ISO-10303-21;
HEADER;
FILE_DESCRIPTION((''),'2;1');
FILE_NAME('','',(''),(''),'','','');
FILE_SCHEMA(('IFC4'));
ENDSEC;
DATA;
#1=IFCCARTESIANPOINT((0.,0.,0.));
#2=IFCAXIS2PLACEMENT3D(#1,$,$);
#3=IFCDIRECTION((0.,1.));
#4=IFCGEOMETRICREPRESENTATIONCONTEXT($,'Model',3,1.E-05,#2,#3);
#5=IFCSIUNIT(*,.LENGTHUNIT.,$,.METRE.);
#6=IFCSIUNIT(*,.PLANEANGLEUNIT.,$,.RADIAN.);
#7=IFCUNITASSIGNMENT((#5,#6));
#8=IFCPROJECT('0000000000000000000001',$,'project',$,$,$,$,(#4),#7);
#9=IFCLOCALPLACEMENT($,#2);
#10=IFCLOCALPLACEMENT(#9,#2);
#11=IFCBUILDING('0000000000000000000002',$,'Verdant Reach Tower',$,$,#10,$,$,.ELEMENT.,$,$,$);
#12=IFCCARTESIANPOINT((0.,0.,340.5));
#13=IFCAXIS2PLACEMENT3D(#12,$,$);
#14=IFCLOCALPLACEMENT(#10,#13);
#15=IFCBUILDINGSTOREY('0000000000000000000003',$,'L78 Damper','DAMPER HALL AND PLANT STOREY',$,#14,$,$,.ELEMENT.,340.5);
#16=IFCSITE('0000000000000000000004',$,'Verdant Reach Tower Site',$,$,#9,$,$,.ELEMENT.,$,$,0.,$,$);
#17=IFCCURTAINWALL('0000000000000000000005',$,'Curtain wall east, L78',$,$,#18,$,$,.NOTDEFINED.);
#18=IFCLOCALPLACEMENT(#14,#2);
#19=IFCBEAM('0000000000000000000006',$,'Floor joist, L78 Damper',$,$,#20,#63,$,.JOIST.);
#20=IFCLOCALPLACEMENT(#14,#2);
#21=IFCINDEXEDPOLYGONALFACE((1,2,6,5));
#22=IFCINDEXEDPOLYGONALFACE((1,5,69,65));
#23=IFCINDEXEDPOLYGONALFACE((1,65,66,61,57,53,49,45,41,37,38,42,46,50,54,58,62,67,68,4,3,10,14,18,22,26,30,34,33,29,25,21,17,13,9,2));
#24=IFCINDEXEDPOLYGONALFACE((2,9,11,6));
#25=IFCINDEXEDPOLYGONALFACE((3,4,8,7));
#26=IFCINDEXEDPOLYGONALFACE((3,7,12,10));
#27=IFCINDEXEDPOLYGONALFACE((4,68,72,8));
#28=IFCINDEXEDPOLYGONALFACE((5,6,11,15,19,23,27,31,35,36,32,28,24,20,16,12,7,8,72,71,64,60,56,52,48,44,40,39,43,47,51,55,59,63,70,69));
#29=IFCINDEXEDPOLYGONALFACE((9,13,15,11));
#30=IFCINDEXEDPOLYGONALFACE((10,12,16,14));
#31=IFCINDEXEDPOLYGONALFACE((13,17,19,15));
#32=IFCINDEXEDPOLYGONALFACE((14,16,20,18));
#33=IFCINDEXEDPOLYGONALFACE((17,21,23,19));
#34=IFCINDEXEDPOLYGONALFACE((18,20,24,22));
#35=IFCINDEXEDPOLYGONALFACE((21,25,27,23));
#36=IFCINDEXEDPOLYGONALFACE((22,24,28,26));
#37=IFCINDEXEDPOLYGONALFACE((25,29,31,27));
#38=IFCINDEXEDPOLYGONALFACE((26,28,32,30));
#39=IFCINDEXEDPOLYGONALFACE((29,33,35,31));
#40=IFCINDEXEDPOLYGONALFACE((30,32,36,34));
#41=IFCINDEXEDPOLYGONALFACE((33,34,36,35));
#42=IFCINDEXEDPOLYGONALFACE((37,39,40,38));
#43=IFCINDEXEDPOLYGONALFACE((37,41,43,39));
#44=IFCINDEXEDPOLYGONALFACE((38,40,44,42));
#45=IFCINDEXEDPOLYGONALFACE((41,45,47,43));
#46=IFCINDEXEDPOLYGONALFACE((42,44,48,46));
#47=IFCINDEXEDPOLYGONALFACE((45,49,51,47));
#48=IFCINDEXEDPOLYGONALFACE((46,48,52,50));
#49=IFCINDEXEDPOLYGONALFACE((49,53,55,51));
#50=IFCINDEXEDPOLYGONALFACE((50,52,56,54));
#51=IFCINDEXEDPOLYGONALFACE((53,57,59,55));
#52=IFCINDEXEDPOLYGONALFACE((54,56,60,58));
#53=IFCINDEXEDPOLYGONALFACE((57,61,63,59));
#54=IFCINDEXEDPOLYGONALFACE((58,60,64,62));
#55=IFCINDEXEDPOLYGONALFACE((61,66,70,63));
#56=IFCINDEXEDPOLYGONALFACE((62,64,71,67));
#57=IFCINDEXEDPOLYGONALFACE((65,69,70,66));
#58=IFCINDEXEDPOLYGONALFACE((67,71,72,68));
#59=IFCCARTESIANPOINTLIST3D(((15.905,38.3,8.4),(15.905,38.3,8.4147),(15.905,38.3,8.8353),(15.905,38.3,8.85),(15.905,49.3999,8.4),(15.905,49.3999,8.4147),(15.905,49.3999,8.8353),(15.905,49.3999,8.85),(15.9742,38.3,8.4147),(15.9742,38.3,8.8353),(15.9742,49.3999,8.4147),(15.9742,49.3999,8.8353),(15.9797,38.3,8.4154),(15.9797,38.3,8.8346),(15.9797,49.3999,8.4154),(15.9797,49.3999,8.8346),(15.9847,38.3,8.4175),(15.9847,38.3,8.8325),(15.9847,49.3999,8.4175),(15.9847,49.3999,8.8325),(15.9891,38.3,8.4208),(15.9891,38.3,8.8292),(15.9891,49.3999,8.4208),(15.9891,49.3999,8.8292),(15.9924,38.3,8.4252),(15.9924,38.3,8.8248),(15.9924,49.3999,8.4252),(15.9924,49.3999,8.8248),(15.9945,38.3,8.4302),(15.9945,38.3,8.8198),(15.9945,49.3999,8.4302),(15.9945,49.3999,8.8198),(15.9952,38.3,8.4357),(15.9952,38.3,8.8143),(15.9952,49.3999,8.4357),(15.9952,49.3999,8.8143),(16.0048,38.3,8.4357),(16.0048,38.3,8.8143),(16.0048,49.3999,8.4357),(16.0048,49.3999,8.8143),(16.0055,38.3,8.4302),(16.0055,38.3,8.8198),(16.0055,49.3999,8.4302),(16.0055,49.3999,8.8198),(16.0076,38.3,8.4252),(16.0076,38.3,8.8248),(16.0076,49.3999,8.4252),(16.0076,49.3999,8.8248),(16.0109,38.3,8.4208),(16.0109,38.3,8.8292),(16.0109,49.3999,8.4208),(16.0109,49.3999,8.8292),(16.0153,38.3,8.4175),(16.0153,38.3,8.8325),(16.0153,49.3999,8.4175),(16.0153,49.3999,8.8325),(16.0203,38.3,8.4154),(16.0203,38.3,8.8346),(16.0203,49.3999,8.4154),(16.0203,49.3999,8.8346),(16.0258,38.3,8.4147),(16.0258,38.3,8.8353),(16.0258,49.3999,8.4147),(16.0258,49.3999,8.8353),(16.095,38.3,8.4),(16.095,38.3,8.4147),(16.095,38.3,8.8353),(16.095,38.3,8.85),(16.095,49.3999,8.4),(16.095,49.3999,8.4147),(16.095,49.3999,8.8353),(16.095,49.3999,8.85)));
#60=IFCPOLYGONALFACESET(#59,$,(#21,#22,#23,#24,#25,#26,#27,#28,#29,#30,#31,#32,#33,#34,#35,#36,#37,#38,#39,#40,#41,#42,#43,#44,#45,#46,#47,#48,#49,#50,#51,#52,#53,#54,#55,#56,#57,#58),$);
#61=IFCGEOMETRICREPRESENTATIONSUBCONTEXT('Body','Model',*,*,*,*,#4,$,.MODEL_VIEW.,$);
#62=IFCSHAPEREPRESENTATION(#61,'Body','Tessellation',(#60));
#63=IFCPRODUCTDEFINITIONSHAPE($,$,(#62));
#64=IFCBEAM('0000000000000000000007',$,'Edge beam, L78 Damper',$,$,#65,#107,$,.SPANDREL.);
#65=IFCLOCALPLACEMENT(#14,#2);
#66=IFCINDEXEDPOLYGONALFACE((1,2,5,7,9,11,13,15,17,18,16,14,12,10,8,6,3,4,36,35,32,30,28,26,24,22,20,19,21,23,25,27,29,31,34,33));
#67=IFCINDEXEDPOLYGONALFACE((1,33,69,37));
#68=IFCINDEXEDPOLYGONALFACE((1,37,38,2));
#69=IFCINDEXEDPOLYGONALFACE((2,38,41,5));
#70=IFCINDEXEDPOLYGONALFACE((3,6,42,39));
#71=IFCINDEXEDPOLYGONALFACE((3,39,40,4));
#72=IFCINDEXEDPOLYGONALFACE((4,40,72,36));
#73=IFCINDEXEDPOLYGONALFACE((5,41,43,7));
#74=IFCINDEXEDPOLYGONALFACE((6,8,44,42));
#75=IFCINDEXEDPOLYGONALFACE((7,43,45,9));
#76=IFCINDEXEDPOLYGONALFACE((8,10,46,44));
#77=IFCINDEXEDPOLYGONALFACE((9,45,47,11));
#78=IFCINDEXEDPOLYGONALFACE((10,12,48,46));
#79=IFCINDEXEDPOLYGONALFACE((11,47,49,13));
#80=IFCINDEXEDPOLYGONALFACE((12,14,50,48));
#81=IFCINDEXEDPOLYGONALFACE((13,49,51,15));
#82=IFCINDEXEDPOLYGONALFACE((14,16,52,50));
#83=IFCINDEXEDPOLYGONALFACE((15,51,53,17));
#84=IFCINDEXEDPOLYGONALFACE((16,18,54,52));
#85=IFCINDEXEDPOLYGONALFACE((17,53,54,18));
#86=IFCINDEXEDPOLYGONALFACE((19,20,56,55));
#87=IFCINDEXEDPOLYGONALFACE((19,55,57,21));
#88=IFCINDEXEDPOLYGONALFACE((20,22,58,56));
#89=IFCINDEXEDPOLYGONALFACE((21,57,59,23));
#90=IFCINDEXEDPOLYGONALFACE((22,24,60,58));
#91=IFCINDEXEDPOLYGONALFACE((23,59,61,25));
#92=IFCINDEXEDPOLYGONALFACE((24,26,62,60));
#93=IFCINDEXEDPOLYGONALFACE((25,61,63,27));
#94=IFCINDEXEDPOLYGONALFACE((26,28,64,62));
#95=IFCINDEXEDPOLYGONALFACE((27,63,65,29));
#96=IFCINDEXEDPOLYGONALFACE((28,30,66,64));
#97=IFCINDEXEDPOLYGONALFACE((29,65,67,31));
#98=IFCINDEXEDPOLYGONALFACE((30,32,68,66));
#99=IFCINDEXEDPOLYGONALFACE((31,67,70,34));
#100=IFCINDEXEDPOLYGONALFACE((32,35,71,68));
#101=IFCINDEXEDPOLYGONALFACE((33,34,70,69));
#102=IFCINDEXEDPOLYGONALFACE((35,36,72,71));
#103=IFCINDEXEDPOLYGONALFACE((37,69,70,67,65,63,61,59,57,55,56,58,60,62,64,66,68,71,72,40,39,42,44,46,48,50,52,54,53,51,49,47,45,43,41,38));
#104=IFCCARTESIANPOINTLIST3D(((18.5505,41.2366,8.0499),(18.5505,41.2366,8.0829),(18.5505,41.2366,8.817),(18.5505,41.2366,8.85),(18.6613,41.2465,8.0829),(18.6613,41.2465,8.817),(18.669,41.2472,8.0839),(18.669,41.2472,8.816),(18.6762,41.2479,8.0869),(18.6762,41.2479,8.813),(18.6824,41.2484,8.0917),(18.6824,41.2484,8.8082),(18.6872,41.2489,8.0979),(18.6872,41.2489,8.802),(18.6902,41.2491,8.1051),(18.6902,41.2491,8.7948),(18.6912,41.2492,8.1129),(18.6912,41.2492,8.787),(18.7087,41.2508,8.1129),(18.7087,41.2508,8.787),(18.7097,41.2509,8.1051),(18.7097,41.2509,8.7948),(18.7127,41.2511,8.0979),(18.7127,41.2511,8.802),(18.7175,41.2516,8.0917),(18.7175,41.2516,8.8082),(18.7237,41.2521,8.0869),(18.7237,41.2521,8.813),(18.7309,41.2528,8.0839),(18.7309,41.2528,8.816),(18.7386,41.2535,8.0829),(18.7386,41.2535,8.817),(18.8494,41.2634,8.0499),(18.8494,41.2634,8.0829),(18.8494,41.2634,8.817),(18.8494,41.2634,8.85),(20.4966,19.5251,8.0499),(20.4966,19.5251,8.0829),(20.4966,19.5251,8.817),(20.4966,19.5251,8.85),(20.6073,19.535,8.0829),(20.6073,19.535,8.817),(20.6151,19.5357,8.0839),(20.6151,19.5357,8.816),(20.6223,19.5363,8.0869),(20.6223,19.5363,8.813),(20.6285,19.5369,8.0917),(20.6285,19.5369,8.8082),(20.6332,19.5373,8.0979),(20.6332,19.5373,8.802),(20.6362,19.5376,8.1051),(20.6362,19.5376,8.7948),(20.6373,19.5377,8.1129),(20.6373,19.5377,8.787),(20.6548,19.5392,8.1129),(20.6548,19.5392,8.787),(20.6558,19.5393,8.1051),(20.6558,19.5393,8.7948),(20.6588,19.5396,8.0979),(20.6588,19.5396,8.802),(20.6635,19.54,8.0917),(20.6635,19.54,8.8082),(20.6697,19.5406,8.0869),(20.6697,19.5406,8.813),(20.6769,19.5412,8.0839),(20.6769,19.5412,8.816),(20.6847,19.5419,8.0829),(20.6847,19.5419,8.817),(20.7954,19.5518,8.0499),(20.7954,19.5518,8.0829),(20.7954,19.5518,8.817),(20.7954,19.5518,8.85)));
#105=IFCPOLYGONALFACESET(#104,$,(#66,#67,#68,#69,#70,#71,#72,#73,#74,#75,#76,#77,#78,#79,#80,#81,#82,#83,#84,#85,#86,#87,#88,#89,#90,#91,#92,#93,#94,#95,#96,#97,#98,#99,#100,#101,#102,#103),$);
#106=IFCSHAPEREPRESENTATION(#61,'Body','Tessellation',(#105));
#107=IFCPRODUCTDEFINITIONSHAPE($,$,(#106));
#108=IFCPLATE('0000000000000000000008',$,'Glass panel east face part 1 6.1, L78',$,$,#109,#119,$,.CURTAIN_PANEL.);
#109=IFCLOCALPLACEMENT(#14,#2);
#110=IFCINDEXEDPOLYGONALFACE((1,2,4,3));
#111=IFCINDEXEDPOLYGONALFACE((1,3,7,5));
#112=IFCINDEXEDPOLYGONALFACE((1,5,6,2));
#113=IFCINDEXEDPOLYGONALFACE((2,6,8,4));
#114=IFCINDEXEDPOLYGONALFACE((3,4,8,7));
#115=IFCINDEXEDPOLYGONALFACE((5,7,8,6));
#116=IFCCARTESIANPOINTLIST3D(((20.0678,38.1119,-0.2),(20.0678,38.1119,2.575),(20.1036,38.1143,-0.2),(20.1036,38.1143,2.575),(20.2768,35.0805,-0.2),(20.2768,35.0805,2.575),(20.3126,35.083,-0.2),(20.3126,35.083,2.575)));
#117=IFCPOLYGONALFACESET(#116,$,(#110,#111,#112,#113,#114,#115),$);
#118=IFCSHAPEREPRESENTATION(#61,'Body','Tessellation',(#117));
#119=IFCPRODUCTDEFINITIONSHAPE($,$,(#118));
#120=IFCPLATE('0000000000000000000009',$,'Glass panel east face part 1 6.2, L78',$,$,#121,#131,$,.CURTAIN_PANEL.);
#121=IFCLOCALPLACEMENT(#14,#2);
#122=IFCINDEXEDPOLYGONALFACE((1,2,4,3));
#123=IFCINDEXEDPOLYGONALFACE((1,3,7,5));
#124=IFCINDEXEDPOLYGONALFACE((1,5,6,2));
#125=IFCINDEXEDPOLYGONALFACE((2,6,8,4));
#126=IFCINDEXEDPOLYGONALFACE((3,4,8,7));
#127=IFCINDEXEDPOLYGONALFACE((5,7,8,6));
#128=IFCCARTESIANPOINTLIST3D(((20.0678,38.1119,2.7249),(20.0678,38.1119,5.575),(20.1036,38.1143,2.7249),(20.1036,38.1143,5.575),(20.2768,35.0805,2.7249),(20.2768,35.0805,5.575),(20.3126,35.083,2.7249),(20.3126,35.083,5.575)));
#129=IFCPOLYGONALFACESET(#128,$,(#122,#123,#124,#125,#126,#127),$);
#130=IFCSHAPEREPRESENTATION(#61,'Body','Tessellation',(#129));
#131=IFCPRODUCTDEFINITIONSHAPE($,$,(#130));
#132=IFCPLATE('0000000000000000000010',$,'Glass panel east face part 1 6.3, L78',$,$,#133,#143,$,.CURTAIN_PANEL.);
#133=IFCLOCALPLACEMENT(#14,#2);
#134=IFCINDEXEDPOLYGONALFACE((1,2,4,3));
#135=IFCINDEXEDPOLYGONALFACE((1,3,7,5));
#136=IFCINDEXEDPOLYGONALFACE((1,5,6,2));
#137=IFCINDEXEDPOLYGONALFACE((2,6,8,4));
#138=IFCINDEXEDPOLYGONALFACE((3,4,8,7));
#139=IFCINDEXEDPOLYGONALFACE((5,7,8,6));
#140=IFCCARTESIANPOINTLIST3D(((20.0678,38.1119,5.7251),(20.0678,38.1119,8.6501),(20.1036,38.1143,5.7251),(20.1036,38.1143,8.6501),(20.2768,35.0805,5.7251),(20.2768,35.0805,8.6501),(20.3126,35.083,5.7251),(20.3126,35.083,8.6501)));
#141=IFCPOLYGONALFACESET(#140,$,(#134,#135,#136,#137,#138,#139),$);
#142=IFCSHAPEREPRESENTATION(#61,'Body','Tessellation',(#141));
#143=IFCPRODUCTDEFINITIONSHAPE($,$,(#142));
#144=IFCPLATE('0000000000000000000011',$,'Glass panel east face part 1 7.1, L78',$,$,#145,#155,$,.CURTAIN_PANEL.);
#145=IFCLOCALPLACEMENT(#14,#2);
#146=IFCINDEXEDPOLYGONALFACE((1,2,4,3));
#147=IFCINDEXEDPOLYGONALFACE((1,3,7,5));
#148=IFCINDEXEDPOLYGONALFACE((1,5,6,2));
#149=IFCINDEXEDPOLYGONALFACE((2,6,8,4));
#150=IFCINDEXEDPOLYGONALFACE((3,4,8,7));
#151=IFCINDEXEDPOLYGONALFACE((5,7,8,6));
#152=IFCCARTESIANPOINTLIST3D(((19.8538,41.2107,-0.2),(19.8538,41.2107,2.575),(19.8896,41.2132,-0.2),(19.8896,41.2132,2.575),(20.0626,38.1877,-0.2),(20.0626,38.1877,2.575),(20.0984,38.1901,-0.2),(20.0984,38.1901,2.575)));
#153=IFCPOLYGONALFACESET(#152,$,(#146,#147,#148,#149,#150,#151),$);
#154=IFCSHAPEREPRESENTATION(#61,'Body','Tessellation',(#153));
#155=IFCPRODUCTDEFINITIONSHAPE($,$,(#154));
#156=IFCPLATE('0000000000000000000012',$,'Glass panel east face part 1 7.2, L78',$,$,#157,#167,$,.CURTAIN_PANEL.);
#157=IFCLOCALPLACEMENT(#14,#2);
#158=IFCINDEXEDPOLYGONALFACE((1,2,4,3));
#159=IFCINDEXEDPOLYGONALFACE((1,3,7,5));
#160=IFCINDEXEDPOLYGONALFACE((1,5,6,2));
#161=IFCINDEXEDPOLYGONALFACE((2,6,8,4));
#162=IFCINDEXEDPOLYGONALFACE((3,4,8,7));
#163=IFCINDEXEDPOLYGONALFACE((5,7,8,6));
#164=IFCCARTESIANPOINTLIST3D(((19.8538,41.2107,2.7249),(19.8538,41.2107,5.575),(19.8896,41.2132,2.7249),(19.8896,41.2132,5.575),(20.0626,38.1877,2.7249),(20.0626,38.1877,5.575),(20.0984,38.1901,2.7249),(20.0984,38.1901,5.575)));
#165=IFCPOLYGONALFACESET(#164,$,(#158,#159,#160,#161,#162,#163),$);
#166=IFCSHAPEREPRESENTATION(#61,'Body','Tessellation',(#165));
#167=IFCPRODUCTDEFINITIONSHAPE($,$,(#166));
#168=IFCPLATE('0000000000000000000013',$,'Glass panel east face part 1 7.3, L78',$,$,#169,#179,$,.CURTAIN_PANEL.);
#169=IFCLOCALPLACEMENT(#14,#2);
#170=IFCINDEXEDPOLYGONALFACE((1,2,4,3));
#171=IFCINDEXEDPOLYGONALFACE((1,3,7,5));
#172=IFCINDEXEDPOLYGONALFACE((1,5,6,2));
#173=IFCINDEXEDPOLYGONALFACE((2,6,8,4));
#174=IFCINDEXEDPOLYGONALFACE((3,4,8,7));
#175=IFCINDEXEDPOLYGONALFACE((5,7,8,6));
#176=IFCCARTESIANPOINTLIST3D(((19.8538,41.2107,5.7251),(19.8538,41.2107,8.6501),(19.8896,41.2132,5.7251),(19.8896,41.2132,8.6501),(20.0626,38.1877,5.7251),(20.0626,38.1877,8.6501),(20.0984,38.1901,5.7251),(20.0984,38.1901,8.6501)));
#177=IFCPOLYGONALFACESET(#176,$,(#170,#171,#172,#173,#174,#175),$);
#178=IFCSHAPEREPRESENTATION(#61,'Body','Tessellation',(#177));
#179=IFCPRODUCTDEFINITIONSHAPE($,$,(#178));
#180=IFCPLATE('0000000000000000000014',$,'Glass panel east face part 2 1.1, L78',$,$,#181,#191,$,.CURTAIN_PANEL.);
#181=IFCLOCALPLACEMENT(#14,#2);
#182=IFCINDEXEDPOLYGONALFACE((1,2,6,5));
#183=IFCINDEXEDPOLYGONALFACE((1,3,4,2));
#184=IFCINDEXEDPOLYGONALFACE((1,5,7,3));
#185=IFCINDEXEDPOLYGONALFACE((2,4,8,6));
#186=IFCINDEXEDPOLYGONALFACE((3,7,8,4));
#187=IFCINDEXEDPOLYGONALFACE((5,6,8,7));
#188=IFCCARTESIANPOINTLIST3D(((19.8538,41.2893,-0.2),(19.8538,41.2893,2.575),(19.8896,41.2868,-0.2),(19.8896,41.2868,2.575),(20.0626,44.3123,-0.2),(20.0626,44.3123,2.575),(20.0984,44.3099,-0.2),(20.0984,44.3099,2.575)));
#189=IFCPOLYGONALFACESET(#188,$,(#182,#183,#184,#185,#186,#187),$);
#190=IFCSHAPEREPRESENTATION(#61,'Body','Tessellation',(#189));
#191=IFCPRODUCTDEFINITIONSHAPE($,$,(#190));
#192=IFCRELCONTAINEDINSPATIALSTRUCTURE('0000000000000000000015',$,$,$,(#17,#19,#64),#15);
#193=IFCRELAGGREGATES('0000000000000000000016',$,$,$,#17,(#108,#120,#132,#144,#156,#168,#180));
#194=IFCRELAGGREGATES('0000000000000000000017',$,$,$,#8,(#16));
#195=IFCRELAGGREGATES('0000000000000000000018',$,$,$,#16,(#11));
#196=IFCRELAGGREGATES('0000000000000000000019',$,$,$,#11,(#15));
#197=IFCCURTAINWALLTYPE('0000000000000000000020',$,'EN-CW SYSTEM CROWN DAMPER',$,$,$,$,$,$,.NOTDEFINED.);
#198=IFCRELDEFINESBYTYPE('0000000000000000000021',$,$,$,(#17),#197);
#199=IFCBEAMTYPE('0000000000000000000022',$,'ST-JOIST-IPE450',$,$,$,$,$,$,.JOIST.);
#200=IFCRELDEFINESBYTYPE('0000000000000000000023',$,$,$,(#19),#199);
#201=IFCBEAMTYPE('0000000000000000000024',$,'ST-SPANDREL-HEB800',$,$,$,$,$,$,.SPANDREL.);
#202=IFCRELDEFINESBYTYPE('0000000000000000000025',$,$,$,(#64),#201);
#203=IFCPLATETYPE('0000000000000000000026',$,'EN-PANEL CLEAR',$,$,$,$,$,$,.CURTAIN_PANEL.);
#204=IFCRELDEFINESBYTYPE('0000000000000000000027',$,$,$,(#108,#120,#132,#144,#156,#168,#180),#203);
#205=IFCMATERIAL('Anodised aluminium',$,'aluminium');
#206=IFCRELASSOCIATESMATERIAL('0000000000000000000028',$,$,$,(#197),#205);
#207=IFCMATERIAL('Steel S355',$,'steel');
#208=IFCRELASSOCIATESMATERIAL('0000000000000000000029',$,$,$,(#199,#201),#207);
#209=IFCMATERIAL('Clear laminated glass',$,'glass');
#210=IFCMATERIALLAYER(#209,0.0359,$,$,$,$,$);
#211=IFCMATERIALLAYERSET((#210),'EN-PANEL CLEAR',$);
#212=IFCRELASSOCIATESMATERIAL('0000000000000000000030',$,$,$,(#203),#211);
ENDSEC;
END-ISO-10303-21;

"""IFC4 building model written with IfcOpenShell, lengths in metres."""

from ifc_helpers import new_model, si_unit, direction, frame, origin, origin_2d, place, context, subcontext, project, spatial, rectangle, i_section, extrude, material, layer, layer_set, material_profile, profile_set, type_object, element, aggregate, save


model = new_model("IFC4")

# Units and contexts
model_context = context("Model", 3, precision=1e-05, world=origin(), true_north=direction((0.0, 1.0)))
body_context = subcontext(model_context, "Body", "Model", "MODEL_VIEW")
ifc_project = project(units=[si_unit("LENGTHUNIT", "METRE"), si_unit("PLANEANGLEUNIT", "RADIAN")], contexts=[model_context])

# Site, building, storey
site_placement = place(None, origin())
site = spatial("IfcSite", under=ifc_project, at=site_placement, Name="Verdant Reach Tower Site", CompositionType="ELEMENT", RefElevation=0.0)
building_placement = place(site_placement, origin())
building = spatial("IfcBuilding", under=site, at=building_placement, Name="Verdant Reach Tower", CompositionType="ELEMENT")
storey_placement = place(building_placement, frame((0.0, 0.0, 340.5)))
storey = spatial("IfcBuildingStorey", under=building, at=storey_placement, Name="L78 Damper", Description="DAMPER HALL AND PLANT STOREY", CompositionType="ELEMENT", Elevation=340.5)

# Curtain wall
ifc_material_1 = material(Name="Anodised aluminium", Category="aluminium")
curtain_wall_type = type_object("IfcCurtainWallType", Name="EN-CW SYSTEM CROWN DAMPER", PredefinedType="NOTDEFINED", material=ifc_material_1)
curtain_wall_placement = place(storey_placement, origin())
curtain_wall = element("IfcCurtainWall", 1, at=curtain_wall_placement, inside=storey, type_object=curtain_wall_type, Name="Curtain wall east, L78", PredefinedType="NOTDEFINED")

# Beams
ifc_material_2 = material(Name="Steel S355", Category="steel")
ifc_material_profile_1 = material_profile(ifc_material_2, i_section(OverallWidth=0.1899, OverallDepth=0.45, WebThickness=0.0095, FlangeThickness=0.0146, FilletRadius=0.021, at=origin_2d()), Name="IPE 450")
ifc_profile_set_1 = profile_set([ifc_material_profile_1], Name="Steel S355")
beam_type_1 = type_object("IfcBeamType", Name="ST-JOIST-IPE450", PredefinedType="JOIST", material=ifc_profile_set_1)
beam_1_placement = place(storey_placement, frame((16.0, 38.3, 8.625), z_axis=(0.0, 1.0, 0.0), x_axis=(-1.0, 0.0, 0.0)))
element("IfcBeam", 2, at=beam_1_placement, inside=storey, type_object=beam_type_1, Name="Floor joist, L78 Damper", PredefinedType="JOIST", context=body_context, shape_type="SweptSolid", body=[
    extrude(i_section(OverallWidth=0.1899, OverallDepth=0.45, WebThickness=0.0095, FlangeThickness=0.0146, FilletRadius=0.021, at=origin_2d()), origin(), (0.0, 0.0, 1.0), 11.0999),
])
ifc_material_profile_2 = material_profile(ifc_material_2, i_section(OverallWidth=0.3, OverallDepth=0.8, WebThickness=0.0176, FlangeThickness=0.033, FilletRadius=0.03, at=origin_2d()), Name="HEB 800")
ifc_profile_set_2 = profile_set([ifc_material_profile_2], Name="Steel S355")
beam_type_2 = type_object("IfcBeamType", Name="ST-SPANDREL-HEB800", PredefinedType="SPANDREL", material=ifc_profile_set_2)
beam_2_placement = place(storey_placement, frame((18.7, 41.25, 8.45), z_axis=(0.089274, -0.996007, 0.0), x_axis=(0.996007, 0.089274, 0.0)))
element("IfcBeam", 3, at=beam_2_placement, inside=storey, type_object=beam_type_2, Name="Edge beam, L78 Damper", PredefinedType="SPANDREL", context=body_context, shape_type="SweptSolid", body=[
    extrude(i_section(OverallWidth=0.3, OverallDepth=0.8, WebThickness=0.0176, FlangeThickness=0.033, FilletRadius=0.03, at=origin_2d()), origin(), (0.0, 0.0, 1.0), 21.7986),
])

# Plates
ifc_material_3 = material(Name="Clear laminated glass", Category="glass")
ifc_layer_1 = layer(ifc_material_3, 0.0359)
ifc_layer_set_1 = layer_set([ifc_layer_1], Name="EN-PANEL CLEAR")
plate_type = type_object("IfcPlateType", Name="EN-PANEL CLEAR", PredefinedType="CURTAIN_PANEL", material=ifc_layer_set_1)
plate_1_placement = place(storey_placement, frame((20.1902, 36.5974, -0.2), z_axis=(0.0, 0.0, 1.0), x_axis=(-0.068802, 0.99763, 0.0)))
plate_1 = element("IfcPlate", 4, at=plate_1_placement, type_object=plate_type, Name="Glass panel east face part 1 6.1, L78", PredefinedType="CURTAIN_PANEL", context=body_context, shape_type="SweptSolid", body=[
    extrude(rectangle(XDim=3.0386, YDim=0.0359, at=origin_2d()), origin(), (0.0, 0.0, 1.0), 2.7749),
])
plate_2_placement = place(storey_placement, frame((20.1902, 36.5974, 2.7249), z_axis=(0.0, 0.0, 1.0), x_axis=(-0.068802, 0.99763, 0.0)))
plate_2 = element("IfcPlate", 5, at=plate_2_placement, type_object=plate_type, Name="Glass panel east face part 1 6.2, L78", PredefinedType="CURTAIN_PANEL", context=body_context, shape_type="SweptSolid", body=[
    extrude(rectangle(XDim=3.0386, YDim=0.0359, at=origin_2d()), origin(), (0.0, 0.0, 1.0), 2.8501),
])
plate_3_placement = place(storey_placement, frame((20.1902, 36.5974, 5.7251), z_axis=(0.0, 0.0, 1.0), x_axis=(-0.068802, 0.99763, 0.0)))
plate_3 = element("IfcPlate", 6, at=plate_3_placement, type_object=plate_type, Name="Glass panel east face part 1 6.3, L78", PredefinedType="CURTAIN_PANEL", context=body_context, shape_type="SweptSolid", body=[
    extrude(rectangle(XDim=3.0386, YDim=0.0359, at=origin_2d()), origin(), (0.0, 0.0, 1.0), 2.925),
])
plate_4_placement = place(storey_placement, frame((19.9761, 39.7004, -0.2), z_axis=(0.0, 0.0, 1.0), x_axis=(-0.068893, 0.997624, 0.0)))
plate_4 = element("IfcPlate", 7, at=plate_4_placement, type_object=plate_type, Name="Glass panel east face part 1 7.1, L78", PredefinedType="CURTAIN_PANEL", context=body_context, shape_type="SweptSolid", body=[
    extrude(rectangle(XDim=3.0303, YDim=0.0359, at=origin_2d()), origin(), (0.0, 0.0, 1.0), 2.7749),
])
plate_5_placement = place(storey_placement, frame((19.9761, 39.7004, 2.7249), z_axis=(0.0, 0.0, 1.0), x_axis=(-0.068893, 0.997624, 0.0)))
plate_5 = element("IfcPlate", 8, at=plate_5_placement, type_object=plate_type, Name="Glass panel east face part 1 7.2, L78", PredefinedType="CURTAIN_PANEL", context=body_context, shape_type="SweptSolid", body=[
    extrude(rectangle(XDim=3.0303, YDim=0.0359, at=origin_2d()), origin(), (0.0, 0.0, 1.0), 2.8501),
])
plate_6_placement = place(storey_placement, frame((19.9761, 39.7004, 5.7251), z_axis=(0.0, 0.0, 1.0), x_axis=(-0.068893, 0.997624, 0.0)))
plate_6 = element("IfcPlate", 9, at=plate_6_placement, type_object=plate_type, Name="Glass panel east face part 1 7.3, L78", PredefinedType="CURTAIN_PANEL", context=body_context, shape_type="SweptSolid", body=[
    extrude(rectangle(XDim=3.0303, YDim=0.0359, at=origin_2d()), origin(), (0.0, 0.0, 1.0), 2.925),
])
plate_7_placement = place(storey_placement, frame((19.9761, 42.7996, -0.2), z_axis=(0.0, 0.0, 1.0), x_axis=(0.068893, 0.997624, 0.0)))
plate_7 = element("IfcPlate", 10, at=plate_7_placement, type_object=plate_type, Name="Glass panel east face part 2 1.1, L78", PredefinedType="CURTAIN_PANEL", context=body_context, shape_type="SweptSolid", body=[
    extrude(rectangle(XDim=3.0303, YDim=0.0359, at=origin_2d()), origin(), (0.0, 0.0, 1.0), 2.7749),
])
aggregate(curtain_wall, [plate_1, plate_2, plate_3, plate_4, plate_5, plate_6, plate_7])

save(model, "model.ifc")
